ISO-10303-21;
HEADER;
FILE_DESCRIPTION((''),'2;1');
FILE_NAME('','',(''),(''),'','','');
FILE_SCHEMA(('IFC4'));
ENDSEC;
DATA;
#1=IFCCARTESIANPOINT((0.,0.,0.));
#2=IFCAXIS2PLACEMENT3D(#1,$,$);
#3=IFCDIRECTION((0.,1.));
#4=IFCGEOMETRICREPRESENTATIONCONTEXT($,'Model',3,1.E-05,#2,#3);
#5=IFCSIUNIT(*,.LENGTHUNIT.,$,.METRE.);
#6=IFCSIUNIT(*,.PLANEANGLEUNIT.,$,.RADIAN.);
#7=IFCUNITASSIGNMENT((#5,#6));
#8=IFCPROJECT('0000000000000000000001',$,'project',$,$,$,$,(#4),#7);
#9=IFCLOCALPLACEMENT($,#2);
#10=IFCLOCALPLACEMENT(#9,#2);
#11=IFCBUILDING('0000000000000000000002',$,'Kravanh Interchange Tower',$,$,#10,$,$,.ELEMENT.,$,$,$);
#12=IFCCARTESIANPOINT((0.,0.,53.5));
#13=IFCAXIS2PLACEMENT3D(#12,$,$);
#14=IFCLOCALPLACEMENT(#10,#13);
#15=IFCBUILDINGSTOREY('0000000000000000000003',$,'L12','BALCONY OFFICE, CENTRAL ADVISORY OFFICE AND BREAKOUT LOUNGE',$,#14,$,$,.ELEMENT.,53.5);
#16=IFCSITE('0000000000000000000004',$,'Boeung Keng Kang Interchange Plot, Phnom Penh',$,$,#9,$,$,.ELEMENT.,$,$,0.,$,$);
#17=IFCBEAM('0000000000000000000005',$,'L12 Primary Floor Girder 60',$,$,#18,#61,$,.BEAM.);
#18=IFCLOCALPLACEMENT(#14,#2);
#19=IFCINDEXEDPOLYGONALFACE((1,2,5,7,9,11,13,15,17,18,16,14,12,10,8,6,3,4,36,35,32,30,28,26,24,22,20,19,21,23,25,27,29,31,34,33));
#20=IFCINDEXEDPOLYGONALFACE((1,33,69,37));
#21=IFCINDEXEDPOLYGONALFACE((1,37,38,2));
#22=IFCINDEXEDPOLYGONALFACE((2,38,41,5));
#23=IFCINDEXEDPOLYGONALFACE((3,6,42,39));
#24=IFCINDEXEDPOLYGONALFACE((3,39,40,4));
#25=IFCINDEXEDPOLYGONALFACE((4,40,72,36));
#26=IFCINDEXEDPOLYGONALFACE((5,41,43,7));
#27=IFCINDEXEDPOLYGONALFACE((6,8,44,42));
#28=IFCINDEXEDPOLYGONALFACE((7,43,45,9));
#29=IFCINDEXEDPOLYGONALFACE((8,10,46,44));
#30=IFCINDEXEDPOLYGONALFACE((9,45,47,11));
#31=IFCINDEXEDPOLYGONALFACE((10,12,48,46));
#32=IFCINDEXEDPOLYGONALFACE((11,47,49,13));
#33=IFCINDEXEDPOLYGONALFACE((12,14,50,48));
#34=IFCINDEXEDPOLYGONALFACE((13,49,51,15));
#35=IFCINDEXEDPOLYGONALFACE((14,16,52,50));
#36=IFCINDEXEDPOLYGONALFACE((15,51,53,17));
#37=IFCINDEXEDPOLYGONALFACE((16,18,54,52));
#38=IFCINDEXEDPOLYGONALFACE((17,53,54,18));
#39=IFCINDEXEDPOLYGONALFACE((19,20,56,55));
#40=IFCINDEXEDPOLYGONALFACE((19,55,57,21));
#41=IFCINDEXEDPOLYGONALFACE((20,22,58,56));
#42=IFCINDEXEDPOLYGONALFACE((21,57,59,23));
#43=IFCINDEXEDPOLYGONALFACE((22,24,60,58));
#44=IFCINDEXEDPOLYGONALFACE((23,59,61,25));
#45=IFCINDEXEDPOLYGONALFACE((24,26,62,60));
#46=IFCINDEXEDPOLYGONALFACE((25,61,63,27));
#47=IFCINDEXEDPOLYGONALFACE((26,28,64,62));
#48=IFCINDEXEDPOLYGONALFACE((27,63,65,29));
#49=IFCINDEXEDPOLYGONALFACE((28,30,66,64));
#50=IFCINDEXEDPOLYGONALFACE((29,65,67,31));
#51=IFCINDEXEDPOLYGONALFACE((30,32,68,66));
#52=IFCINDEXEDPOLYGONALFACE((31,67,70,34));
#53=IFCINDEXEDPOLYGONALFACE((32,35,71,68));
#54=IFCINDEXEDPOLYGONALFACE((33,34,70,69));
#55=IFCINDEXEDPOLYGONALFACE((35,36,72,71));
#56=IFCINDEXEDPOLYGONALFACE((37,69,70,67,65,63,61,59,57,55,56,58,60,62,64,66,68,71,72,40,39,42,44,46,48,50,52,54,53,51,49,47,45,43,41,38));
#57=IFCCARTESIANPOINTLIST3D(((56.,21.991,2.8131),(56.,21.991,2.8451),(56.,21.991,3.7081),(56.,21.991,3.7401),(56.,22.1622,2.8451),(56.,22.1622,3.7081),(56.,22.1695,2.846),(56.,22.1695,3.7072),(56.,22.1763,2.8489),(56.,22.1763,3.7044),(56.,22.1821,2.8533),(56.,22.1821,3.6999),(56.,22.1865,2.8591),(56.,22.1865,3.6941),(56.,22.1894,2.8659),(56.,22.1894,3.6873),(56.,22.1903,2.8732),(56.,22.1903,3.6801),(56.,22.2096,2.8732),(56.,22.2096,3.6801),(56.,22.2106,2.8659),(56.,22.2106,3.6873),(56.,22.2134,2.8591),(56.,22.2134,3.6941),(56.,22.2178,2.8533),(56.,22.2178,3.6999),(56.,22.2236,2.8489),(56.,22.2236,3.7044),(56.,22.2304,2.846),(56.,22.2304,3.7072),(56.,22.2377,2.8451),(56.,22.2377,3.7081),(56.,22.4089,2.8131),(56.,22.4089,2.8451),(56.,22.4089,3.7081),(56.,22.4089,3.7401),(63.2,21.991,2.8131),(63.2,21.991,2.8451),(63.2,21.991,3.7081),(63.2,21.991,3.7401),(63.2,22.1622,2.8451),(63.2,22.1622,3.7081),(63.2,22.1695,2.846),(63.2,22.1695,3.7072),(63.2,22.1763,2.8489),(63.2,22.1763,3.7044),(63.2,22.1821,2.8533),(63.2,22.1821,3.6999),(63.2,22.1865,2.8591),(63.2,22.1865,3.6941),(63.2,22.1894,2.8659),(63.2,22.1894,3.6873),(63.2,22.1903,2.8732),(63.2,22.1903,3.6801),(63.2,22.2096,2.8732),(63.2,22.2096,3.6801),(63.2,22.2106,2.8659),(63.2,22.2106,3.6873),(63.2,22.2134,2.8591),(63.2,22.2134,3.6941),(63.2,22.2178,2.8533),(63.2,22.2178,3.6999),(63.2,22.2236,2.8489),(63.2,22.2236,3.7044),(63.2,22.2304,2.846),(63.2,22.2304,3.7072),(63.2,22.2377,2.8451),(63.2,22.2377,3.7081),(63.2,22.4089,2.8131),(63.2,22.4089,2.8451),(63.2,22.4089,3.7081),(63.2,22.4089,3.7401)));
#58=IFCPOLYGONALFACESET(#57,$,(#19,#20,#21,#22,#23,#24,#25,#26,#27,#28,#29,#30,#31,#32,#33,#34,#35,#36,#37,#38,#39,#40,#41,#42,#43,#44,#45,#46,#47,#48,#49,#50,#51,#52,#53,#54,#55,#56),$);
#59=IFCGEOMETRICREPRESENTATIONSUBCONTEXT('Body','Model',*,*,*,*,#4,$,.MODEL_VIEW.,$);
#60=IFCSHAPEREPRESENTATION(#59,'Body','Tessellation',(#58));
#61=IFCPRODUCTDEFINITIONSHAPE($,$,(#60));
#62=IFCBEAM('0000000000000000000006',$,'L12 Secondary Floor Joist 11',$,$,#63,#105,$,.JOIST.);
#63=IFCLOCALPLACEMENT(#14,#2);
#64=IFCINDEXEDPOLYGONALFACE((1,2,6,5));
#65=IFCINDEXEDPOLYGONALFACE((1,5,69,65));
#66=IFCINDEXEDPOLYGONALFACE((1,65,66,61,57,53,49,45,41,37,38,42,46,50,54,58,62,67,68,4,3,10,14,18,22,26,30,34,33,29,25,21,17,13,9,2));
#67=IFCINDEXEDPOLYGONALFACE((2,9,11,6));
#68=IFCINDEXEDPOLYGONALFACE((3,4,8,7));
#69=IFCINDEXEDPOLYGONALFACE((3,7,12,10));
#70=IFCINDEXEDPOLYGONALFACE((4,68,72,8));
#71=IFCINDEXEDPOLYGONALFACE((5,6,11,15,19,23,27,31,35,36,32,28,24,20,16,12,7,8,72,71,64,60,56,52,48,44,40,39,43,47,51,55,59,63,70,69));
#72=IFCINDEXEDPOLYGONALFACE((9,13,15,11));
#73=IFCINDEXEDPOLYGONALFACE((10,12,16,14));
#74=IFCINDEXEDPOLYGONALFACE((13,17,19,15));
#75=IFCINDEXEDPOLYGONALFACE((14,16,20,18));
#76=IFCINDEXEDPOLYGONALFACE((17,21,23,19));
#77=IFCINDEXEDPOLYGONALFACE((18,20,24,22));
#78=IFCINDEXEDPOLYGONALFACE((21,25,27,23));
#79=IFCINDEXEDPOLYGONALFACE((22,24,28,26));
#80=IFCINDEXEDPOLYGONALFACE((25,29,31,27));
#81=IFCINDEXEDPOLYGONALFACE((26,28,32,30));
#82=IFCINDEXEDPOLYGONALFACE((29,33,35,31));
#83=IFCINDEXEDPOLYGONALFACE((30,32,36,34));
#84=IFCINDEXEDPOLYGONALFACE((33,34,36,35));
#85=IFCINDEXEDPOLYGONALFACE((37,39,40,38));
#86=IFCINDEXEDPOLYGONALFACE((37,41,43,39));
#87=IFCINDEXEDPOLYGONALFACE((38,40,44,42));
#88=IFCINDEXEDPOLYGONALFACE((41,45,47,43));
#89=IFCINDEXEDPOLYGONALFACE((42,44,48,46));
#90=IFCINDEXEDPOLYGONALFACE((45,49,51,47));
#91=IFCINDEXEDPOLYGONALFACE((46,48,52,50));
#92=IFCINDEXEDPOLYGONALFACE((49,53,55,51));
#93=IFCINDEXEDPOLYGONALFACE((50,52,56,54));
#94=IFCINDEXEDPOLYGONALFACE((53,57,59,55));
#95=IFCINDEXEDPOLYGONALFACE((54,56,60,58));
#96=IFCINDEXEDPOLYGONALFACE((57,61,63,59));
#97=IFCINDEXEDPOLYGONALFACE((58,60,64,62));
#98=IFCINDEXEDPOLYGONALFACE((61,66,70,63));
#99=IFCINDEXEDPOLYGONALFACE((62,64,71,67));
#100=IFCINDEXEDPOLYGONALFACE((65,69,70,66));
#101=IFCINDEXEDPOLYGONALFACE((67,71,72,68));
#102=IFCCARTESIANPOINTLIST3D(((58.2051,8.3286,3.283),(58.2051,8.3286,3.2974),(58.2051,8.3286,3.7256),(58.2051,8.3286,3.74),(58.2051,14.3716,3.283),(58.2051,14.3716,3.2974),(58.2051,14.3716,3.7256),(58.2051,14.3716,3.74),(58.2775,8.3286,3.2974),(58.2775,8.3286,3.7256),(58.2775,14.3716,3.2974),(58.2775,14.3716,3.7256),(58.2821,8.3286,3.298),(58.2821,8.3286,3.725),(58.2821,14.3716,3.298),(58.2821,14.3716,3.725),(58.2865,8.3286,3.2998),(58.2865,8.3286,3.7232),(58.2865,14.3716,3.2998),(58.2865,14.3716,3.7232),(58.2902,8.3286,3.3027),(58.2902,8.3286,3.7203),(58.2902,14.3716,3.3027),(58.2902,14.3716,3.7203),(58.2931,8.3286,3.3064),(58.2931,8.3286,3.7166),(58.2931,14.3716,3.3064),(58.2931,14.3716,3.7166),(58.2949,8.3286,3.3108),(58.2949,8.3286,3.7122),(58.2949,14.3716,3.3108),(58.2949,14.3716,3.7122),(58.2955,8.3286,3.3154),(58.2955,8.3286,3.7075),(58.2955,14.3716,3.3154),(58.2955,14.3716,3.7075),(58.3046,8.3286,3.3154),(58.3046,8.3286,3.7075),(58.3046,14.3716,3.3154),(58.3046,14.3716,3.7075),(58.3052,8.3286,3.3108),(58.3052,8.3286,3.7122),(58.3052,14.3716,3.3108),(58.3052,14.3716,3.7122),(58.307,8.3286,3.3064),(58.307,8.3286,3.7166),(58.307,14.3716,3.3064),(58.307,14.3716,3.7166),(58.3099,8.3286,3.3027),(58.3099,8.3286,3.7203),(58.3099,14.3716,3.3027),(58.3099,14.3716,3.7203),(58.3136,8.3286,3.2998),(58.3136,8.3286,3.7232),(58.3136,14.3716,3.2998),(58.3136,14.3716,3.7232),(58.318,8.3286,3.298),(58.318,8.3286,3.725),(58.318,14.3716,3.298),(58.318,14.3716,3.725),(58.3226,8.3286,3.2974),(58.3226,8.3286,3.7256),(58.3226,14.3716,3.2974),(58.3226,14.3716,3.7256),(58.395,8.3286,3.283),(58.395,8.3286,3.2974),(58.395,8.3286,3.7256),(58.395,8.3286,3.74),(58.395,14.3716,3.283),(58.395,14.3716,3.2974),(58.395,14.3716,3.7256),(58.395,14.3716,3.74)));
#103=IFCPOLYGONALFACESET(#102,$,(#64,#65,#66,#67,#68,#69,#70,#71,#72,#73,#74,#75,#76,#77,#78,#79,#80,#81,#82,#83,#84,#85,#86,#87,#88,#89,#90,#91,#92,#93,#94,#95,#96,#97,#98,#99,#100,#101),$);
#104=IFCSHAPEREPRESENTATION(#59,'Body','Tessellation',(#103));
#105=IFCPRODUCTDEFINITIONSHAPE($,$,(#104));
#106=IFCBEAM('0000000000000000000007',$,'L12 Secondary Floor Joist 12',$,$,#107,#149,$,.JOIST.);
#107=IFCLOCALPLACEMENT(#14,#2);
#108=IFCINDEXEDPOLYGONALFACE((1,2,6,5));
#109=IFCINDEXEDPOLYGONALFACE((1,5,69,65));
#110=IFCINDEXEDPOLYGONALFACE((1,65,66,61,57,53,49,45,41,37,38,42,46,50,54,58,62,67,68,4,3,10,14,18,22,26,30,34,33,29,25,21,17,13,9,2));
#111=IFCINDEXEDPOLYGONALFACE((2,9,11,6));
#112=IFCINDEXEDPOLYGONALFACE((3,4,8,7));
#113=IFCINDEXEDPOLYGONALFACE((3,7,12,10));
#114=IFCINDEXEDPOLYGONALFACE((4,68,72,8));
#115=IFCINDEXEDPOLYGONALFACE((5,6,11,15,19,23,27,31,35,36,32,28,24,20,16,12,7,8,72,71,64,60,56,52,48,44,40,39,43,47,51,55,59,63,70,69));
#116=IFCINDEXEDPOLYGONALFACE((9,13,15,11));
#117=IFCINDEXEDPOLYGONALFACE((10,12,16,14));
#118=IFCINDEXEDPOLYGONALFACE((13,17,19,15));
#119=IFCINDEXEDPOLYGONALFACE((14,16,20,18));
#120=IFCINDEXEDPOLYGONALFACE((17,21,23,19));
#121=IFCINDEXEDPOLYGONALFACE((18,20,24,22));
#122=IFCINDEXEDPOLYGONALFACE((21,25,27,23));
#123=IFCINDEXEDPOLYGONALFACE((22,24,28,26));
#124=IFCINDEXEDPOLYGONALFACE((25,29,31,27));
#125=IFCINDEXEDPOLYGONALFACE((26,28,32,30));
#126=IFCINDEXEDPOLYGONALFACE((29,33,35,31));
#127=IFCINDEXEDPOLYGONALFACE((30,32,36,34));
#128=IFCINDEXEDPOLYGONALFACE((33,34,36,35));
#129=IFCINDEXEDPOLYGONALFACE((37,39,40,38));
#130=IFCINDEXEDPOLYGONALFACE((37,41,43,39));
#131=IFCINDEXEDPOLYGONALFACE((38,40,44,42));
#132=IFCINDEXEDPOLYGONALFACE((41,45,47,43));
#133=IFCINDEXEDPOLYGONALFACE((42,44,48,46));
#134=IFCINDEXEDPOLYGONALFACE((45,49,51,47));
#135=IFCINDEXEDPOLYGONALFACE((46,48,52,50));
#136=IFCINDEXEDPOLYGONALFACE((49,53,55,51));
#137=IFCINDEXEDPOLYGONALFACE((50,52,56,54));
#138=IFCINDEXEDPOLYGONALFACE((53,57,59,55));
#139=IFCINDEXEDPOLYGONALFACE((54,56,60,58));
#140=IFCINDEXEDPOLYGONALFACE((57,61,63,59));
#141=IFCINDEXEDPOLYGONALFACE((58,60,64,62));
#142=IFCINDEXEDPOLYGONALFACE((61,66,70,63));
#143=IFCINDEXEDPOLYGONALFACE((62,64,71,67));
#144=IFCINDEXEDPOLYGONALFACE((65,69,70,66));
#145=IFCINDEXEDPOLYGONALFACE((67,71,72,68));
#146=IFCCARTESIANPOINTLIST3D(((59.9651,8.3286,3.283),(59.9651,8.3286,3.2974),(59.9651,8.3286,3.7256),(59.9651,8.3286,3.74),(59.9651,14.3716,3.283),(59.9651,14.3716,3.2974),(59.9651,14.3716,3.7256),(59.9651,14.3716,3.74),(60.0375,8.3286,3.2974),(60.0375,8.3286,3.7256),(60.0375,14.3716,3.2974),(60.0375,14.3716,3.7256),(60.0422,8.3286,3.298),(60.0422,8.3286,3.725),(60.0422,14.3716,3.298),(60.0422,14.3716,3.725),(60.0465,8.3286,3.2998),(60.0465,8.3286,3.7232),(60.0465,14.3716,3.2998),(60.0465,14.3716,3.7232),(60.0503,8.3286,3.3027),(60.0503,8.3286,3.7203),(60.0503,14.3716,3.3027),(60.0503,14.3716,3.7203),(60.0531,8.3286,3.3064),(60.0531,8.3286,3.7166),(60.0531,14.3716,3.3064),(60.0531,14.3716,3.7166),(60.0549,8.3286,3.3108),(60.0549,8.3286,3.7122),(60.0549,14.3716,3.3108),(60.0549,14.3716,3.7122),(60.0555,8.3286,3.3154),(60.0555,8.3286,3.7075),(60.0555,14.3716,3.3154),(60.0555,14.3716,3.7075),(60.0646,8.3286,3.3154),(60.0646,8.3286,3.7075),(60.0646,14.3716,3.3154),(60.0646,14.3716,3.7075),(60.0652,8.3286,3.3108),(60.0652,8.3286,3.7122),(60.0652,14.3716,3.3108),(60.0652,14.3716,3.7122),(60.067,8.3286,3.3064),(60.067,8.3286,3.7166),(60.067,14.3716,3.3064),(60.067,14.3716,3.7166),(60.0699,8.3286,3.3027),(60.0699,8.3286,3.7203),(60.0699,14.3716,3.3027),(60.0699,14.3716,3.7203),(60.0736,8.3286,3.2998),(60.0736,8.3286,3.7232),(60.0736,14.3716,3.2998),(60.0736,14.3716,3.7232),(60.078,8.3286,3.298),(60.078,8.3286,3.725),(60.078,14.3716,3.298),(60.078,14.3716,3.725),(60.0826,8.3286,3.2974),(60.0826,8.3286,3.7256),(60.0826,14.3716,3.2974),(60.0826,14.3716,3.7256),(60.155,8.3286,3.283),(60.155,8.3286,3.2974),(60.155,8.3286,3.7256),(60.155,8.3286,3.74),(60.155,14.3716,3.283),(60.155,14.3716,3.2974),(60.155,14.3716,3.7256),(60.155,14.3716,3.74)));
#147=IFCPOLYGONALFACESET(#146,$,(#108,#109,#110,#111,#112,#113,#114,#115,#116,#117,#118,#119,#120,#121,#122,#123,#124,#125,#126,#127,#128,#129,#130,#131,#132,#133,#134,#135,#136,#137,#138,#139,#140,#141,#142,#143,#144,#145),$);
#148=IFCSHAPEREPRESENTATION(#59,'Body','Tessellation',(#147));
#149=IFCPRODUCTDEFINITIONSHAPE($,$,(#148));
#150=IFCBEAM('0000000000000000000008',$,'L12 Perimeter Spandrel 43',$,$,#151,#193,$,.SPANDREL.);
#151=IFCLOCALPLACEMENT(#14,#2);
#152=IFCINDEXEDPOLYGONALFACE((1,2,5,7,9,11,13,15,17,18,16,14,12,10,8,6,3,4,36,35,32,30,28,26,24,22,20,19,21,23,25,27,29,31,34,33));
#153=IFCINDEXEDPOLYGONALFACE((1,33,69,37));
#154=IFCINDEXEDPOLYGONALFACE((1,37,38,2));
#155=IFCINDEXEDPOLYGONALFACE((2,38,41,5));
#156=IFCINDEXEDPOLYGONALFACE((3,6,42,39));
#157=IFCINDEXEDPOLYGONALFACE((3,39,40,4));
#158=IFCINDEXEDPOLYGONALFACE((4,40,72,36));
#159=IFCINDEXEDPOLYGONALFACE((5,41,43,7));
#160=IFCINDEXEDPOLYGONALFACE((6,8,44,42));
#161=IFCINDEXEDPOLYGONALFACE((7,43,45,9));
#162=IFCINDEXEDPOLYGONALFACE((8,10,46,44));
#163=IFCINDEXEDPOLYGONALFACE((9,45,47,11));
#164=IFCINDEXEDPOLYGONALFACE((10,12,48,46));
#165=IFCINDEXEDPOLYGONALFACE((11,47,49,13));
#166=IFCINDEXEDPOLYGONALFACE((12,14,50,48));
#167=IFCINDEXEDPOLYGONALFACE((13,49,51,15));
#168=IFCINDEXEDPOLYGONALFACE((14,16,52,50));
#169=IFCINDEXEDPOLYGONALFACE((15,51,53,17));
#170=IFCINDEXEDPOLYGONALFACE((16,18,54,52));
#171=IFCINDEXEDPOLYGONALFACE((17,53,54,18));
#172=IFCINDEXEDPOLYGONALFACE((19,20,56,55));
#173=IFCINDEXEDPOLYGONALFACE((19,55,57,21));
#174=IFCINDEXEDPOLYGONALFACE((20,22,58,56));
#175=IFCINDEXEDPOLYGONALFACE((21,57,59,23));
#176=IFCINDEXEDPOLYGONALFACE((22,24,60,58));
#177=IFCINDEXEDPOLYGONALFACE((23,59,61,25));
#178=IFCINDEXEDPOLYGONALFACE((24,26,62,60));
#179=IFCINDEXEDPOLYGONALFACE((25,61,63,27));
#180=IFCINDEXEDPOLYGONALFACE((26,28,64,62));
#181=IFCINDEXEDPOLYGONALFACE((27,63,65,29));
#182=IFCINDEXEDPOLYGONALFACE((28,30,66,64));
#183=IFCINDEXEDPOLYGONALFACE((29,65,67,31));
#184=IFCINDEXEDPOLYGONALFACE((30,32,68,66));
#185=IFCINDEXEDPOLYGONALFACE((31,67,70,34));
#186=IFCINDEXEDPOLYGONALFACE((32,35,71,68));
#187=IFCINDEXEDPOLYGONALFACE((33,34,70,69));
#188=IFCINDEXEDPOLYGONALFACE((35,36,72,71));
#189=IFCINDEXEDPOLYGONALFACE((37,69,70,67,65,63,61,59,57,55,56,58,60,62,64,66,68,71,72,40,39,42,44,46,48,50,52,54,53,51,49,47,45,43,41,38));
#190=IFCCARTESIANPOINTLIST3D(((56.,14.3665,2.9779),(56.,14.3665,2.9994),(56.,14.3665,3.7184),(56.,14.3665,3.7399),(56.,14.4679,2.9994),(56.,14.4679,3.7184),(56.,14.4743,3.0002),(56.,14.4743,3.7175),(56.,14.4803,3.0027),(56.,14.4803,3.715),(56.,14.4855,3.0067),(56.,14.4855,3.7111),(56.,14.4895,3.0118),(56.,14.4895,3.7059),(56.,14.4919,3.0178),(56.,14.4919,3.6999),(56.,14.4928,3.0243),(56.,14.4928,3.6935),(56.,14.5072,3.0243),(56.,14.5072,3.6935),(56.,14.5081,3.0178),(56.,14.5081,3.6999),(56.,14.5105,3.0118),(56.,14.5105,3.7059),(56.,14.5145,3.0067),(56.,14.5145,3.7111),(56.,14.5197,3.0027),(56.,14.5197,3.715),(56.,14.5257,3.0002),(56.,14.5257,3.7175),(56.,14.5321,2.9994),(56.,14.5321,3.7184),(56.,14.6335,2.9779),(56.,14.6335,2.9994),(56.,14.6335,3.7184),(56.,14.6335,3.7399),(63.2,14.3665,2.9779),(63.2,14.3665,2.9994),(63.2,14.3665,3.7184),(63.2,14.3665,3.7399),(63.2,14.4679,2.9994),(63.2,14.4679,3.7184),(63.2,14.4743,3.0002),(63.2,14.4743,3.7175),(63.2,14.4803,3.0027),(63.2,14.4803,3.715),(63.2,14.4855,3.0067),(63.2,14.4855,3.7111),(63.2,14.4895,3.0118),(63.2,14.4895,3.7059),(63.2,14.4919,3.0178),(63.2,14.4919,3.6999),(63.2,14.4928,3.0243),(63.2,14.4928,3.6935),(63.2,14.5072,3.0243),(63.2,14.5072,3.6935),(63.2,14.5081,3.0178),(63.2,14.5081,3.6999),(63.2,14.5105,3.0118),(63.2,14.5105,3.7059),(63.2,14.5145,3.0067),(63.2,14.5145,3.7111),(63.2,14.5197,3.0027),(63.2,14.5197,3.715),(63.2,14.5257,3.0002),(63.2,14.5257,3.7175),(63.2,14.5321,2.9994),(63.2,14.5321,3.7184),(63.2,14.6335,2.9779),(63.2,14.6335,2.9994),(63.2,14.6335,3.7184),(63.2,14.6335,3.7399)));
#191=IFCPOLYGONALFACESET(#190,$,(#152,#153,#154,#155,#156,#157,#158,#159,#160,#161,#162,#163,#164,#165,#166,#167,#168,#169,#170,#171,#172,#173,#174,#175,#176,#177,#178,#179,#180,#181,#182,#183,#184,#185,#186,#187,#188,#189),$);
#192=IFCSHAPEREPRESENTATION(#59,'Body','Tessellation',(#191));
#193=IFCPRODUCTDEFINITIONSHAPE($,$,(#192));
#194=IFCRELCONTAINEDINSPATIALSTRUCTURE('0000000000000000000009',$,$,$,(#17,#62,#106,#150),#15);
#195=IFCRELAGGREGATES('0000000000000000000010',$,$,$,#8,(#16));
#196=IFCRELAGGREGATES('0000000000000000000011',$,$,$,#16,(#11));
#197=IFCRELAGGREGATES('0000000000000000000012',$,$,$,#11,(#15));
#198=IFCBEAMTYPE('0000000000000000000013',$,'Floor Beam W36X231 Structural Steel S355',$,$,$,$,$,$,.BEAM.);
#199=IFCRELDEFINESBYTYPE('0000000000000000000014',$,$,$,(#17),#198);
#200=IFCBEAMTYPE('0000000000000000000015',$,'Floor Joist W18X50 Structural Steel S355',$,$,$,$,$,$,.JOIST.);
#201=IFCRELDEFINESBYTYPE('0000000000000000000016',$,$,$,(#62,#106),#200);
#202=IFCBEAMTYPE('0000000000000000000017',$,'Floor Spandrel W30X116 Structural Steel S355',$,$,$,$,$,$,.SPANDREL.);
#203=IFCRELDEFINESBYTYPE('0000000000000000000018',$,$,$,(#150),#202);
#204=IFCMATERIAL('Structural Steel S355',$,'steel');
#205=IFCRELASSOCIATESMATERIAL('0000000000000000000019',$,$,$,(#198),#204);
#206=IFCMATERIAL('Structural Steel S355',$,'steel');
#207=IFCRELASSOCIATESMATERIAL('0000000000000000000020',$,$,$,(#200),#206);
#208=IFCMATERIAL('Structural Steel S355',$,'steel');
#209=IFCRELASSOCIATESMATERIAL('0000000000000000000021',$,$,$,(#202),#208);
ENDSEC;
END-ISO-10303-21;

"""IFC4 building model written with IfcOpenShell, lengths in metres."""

from ifc_helpers import new_model, si_unit, direction, frame, origin, origin_2d, place, context, subcontext, project, spatial, i_section, extrude, material, material_profile, profile_set, type_object, element, save


model = new_model("IFC4")

# Units and contexts
model_context = context("Model", 3, precision=1e-05, world=origin(), true_north=direction((0.0, 1.0)))
body_context = subcontext(model_context, "Body", "Model", "MODEL_VIEW")
ifc_project = project(units=[si_unit("LENGTHUNIT", "METRE"), si_unit("PLANEANGLEUNIT", "RADIAN")], contexts=[model_context])

# Site, building, storey
site_placement = place(None, origin())
site = spatial("IfcSite", under=ifc_project, at=site_placement, Name="Boeung Keng Kang Interchange Plot, Phnom Penh", CompositionType="ELEMENT", RefElevation=0.0)
building_placement = place(site_placement, origin())
building = spatial("IfcBuilding", under=site, at=building_placement, Name="Kravanh Interchange Tower", CompositionType="ELEMENT")
storey_placement = place(building_placement, frame((0.0, 0.0, 53.5)))
storey = spatial("IfcBuildingStorey", under=building, at=storey_placement, Name="L12", Description="BALCONY OFFICE, CENTRAL ADVISORY OFFICE AND BREAKOUT LOUNGE", CompositionType="ELEMENT", Elevation=53.5)

# Beams
ifc_material_1 = material(Name="Structural Steel S355", Category="steel")
ifc_material_profile_1 = material_profile(ifc_material_1, i_section(OverallWidth=0.418, OverallDepth=0.927, WebThickness=0.0193, FlangeThickness=0.032, FilletRadius=0.0281, at=origin_2d()), Name="W36X231")
ifc_profile_set_1 = profile_set([ifc_material_profile_1], Name="Structural Steel S355")
beam_type_1 = type_object("IfcBeamType", Name="Floor Beam W36X231 Structural Steel S355", PredefinedType="BEAM", material=ifc_profile_set_1)
beam_1_placement = place(storey_placement, frame((56.0, 22.2, 3.2766), z_axis=(1.0, 0.0, 0.0), x_axis=(0.0, 1.0, 0.0)))
element("IfcBeam", 1, at=beam_1_placement, inside=storey, type_object=beam_type_1, Name="L12 Primary Floor Girder 60", PredefinedType="BEAM", context=body_context, shape_type="SweptSolid", body=[
    extrude(i_section(OverallWidth=0.418, OverallDepth=0.927, WebThickness=0.0193, FlangeThickness=0.032, FilletRadius=0.0281, at=origin_2d()), origin(), (0.0, 0.0, 1.0), 7.2),
])
ifc_material_2 = material(Name="Structural Steel S355", Category="steel")
ifc_material_profile_2 = material_profile(ifc_material_2, i_section(OverallWidth=0.1899, OverallDepth=0.457, WebThickness=0.009, FlangeThickness=0.0144, FilletRadius=0.0181, at=origin_2d()), Name="W18X50")
ifc_profile_set_2 = profile_set([ifc_material_profile_2], Name="Structural Steel S355")
beam_type_2 = type_object("IfcBeamType", Name="Floor Joist W18X50 Structural Steel S355", PredefinedType="JOIST", material=ifc_profile_set_2)
for number, where, z_axis, x_axis, name in (
    (2, (58.3, 8.3286, 3.5115), (0.0, 1.0, 0.0), (-1.0, 0.0, 0.0), "L12 Secondary Floor Joist 11"),
    (3, (60.0601, 8.3286, 3.5115), (0.0, 1.0, 0.0), (-1.0, 0.0, 0.0), "L12 Secondary Floor Joist 12"),
):
    element("IfcBeam", number, at=place(storey_placement, frame(where, z_axis=z_axis, x_axis=x_axis)), inside=storey, type_object=beam_type_2, Name=name, PredefinedType="JOIST", context=body_context, shape_type="SweptSolid", body=[
        extrude(i_section(OverallWidth=0.1899, OverallDepth=0.457, WebThickness=0.009, FlangeThickness=0.0144, FilletRadius=0.0181, at=origin_2d()), origin(), (0.0, 0.0, 1.0), 6.043),
    ])
ifc_material_3 = material(Name="Structural Steel S355", Category="steel")
ifc_material_profile_3 = material_profile(ifc_material_3, i_section(OverallWidth=0.2671, OverallDepth=0.762, WebThickness=0.0144, FlangeThickness=0.0215, FilletRadius=0.0249, at=origin_2d()), Name="W30X116")
ifc_profile_set_3 = profile_set([ifc_material_profile_3], Name="Structural Steel S355")
beam_type_3 = type_object("IfcBeamType", Name="Floor Spandrel W30X116 Structural Steel S355", PredefinedType="SPANDREL", material=ifc_profile_set_3)
beam_2_placement = place(storey_placement, frame((56.0, 14.5, 3.3589), z_axis=(1.0, 0.0, 0.0), x_axis=(0.0, 1.0, 0.0)))
element("IfcBeam", 4, at=beam_2_placement, inside=storey, type_object=beam_type_3, Name="L12 Perimeter Spandrel 43", PredefinedType="SPANDREL", context=body_context, shape_type="SweptSolid", body=[
    extrude(i_section(OverallWidth=0.2671, OverallDepth=0.762, WebThickness=0.0144, FlangeThickness=0.0215, FilletRadius=0.0249, at=origin_2d()), origin(), (0.0, 0.0, 1.0), 7.2),
])

save(model, "model.ifc")
